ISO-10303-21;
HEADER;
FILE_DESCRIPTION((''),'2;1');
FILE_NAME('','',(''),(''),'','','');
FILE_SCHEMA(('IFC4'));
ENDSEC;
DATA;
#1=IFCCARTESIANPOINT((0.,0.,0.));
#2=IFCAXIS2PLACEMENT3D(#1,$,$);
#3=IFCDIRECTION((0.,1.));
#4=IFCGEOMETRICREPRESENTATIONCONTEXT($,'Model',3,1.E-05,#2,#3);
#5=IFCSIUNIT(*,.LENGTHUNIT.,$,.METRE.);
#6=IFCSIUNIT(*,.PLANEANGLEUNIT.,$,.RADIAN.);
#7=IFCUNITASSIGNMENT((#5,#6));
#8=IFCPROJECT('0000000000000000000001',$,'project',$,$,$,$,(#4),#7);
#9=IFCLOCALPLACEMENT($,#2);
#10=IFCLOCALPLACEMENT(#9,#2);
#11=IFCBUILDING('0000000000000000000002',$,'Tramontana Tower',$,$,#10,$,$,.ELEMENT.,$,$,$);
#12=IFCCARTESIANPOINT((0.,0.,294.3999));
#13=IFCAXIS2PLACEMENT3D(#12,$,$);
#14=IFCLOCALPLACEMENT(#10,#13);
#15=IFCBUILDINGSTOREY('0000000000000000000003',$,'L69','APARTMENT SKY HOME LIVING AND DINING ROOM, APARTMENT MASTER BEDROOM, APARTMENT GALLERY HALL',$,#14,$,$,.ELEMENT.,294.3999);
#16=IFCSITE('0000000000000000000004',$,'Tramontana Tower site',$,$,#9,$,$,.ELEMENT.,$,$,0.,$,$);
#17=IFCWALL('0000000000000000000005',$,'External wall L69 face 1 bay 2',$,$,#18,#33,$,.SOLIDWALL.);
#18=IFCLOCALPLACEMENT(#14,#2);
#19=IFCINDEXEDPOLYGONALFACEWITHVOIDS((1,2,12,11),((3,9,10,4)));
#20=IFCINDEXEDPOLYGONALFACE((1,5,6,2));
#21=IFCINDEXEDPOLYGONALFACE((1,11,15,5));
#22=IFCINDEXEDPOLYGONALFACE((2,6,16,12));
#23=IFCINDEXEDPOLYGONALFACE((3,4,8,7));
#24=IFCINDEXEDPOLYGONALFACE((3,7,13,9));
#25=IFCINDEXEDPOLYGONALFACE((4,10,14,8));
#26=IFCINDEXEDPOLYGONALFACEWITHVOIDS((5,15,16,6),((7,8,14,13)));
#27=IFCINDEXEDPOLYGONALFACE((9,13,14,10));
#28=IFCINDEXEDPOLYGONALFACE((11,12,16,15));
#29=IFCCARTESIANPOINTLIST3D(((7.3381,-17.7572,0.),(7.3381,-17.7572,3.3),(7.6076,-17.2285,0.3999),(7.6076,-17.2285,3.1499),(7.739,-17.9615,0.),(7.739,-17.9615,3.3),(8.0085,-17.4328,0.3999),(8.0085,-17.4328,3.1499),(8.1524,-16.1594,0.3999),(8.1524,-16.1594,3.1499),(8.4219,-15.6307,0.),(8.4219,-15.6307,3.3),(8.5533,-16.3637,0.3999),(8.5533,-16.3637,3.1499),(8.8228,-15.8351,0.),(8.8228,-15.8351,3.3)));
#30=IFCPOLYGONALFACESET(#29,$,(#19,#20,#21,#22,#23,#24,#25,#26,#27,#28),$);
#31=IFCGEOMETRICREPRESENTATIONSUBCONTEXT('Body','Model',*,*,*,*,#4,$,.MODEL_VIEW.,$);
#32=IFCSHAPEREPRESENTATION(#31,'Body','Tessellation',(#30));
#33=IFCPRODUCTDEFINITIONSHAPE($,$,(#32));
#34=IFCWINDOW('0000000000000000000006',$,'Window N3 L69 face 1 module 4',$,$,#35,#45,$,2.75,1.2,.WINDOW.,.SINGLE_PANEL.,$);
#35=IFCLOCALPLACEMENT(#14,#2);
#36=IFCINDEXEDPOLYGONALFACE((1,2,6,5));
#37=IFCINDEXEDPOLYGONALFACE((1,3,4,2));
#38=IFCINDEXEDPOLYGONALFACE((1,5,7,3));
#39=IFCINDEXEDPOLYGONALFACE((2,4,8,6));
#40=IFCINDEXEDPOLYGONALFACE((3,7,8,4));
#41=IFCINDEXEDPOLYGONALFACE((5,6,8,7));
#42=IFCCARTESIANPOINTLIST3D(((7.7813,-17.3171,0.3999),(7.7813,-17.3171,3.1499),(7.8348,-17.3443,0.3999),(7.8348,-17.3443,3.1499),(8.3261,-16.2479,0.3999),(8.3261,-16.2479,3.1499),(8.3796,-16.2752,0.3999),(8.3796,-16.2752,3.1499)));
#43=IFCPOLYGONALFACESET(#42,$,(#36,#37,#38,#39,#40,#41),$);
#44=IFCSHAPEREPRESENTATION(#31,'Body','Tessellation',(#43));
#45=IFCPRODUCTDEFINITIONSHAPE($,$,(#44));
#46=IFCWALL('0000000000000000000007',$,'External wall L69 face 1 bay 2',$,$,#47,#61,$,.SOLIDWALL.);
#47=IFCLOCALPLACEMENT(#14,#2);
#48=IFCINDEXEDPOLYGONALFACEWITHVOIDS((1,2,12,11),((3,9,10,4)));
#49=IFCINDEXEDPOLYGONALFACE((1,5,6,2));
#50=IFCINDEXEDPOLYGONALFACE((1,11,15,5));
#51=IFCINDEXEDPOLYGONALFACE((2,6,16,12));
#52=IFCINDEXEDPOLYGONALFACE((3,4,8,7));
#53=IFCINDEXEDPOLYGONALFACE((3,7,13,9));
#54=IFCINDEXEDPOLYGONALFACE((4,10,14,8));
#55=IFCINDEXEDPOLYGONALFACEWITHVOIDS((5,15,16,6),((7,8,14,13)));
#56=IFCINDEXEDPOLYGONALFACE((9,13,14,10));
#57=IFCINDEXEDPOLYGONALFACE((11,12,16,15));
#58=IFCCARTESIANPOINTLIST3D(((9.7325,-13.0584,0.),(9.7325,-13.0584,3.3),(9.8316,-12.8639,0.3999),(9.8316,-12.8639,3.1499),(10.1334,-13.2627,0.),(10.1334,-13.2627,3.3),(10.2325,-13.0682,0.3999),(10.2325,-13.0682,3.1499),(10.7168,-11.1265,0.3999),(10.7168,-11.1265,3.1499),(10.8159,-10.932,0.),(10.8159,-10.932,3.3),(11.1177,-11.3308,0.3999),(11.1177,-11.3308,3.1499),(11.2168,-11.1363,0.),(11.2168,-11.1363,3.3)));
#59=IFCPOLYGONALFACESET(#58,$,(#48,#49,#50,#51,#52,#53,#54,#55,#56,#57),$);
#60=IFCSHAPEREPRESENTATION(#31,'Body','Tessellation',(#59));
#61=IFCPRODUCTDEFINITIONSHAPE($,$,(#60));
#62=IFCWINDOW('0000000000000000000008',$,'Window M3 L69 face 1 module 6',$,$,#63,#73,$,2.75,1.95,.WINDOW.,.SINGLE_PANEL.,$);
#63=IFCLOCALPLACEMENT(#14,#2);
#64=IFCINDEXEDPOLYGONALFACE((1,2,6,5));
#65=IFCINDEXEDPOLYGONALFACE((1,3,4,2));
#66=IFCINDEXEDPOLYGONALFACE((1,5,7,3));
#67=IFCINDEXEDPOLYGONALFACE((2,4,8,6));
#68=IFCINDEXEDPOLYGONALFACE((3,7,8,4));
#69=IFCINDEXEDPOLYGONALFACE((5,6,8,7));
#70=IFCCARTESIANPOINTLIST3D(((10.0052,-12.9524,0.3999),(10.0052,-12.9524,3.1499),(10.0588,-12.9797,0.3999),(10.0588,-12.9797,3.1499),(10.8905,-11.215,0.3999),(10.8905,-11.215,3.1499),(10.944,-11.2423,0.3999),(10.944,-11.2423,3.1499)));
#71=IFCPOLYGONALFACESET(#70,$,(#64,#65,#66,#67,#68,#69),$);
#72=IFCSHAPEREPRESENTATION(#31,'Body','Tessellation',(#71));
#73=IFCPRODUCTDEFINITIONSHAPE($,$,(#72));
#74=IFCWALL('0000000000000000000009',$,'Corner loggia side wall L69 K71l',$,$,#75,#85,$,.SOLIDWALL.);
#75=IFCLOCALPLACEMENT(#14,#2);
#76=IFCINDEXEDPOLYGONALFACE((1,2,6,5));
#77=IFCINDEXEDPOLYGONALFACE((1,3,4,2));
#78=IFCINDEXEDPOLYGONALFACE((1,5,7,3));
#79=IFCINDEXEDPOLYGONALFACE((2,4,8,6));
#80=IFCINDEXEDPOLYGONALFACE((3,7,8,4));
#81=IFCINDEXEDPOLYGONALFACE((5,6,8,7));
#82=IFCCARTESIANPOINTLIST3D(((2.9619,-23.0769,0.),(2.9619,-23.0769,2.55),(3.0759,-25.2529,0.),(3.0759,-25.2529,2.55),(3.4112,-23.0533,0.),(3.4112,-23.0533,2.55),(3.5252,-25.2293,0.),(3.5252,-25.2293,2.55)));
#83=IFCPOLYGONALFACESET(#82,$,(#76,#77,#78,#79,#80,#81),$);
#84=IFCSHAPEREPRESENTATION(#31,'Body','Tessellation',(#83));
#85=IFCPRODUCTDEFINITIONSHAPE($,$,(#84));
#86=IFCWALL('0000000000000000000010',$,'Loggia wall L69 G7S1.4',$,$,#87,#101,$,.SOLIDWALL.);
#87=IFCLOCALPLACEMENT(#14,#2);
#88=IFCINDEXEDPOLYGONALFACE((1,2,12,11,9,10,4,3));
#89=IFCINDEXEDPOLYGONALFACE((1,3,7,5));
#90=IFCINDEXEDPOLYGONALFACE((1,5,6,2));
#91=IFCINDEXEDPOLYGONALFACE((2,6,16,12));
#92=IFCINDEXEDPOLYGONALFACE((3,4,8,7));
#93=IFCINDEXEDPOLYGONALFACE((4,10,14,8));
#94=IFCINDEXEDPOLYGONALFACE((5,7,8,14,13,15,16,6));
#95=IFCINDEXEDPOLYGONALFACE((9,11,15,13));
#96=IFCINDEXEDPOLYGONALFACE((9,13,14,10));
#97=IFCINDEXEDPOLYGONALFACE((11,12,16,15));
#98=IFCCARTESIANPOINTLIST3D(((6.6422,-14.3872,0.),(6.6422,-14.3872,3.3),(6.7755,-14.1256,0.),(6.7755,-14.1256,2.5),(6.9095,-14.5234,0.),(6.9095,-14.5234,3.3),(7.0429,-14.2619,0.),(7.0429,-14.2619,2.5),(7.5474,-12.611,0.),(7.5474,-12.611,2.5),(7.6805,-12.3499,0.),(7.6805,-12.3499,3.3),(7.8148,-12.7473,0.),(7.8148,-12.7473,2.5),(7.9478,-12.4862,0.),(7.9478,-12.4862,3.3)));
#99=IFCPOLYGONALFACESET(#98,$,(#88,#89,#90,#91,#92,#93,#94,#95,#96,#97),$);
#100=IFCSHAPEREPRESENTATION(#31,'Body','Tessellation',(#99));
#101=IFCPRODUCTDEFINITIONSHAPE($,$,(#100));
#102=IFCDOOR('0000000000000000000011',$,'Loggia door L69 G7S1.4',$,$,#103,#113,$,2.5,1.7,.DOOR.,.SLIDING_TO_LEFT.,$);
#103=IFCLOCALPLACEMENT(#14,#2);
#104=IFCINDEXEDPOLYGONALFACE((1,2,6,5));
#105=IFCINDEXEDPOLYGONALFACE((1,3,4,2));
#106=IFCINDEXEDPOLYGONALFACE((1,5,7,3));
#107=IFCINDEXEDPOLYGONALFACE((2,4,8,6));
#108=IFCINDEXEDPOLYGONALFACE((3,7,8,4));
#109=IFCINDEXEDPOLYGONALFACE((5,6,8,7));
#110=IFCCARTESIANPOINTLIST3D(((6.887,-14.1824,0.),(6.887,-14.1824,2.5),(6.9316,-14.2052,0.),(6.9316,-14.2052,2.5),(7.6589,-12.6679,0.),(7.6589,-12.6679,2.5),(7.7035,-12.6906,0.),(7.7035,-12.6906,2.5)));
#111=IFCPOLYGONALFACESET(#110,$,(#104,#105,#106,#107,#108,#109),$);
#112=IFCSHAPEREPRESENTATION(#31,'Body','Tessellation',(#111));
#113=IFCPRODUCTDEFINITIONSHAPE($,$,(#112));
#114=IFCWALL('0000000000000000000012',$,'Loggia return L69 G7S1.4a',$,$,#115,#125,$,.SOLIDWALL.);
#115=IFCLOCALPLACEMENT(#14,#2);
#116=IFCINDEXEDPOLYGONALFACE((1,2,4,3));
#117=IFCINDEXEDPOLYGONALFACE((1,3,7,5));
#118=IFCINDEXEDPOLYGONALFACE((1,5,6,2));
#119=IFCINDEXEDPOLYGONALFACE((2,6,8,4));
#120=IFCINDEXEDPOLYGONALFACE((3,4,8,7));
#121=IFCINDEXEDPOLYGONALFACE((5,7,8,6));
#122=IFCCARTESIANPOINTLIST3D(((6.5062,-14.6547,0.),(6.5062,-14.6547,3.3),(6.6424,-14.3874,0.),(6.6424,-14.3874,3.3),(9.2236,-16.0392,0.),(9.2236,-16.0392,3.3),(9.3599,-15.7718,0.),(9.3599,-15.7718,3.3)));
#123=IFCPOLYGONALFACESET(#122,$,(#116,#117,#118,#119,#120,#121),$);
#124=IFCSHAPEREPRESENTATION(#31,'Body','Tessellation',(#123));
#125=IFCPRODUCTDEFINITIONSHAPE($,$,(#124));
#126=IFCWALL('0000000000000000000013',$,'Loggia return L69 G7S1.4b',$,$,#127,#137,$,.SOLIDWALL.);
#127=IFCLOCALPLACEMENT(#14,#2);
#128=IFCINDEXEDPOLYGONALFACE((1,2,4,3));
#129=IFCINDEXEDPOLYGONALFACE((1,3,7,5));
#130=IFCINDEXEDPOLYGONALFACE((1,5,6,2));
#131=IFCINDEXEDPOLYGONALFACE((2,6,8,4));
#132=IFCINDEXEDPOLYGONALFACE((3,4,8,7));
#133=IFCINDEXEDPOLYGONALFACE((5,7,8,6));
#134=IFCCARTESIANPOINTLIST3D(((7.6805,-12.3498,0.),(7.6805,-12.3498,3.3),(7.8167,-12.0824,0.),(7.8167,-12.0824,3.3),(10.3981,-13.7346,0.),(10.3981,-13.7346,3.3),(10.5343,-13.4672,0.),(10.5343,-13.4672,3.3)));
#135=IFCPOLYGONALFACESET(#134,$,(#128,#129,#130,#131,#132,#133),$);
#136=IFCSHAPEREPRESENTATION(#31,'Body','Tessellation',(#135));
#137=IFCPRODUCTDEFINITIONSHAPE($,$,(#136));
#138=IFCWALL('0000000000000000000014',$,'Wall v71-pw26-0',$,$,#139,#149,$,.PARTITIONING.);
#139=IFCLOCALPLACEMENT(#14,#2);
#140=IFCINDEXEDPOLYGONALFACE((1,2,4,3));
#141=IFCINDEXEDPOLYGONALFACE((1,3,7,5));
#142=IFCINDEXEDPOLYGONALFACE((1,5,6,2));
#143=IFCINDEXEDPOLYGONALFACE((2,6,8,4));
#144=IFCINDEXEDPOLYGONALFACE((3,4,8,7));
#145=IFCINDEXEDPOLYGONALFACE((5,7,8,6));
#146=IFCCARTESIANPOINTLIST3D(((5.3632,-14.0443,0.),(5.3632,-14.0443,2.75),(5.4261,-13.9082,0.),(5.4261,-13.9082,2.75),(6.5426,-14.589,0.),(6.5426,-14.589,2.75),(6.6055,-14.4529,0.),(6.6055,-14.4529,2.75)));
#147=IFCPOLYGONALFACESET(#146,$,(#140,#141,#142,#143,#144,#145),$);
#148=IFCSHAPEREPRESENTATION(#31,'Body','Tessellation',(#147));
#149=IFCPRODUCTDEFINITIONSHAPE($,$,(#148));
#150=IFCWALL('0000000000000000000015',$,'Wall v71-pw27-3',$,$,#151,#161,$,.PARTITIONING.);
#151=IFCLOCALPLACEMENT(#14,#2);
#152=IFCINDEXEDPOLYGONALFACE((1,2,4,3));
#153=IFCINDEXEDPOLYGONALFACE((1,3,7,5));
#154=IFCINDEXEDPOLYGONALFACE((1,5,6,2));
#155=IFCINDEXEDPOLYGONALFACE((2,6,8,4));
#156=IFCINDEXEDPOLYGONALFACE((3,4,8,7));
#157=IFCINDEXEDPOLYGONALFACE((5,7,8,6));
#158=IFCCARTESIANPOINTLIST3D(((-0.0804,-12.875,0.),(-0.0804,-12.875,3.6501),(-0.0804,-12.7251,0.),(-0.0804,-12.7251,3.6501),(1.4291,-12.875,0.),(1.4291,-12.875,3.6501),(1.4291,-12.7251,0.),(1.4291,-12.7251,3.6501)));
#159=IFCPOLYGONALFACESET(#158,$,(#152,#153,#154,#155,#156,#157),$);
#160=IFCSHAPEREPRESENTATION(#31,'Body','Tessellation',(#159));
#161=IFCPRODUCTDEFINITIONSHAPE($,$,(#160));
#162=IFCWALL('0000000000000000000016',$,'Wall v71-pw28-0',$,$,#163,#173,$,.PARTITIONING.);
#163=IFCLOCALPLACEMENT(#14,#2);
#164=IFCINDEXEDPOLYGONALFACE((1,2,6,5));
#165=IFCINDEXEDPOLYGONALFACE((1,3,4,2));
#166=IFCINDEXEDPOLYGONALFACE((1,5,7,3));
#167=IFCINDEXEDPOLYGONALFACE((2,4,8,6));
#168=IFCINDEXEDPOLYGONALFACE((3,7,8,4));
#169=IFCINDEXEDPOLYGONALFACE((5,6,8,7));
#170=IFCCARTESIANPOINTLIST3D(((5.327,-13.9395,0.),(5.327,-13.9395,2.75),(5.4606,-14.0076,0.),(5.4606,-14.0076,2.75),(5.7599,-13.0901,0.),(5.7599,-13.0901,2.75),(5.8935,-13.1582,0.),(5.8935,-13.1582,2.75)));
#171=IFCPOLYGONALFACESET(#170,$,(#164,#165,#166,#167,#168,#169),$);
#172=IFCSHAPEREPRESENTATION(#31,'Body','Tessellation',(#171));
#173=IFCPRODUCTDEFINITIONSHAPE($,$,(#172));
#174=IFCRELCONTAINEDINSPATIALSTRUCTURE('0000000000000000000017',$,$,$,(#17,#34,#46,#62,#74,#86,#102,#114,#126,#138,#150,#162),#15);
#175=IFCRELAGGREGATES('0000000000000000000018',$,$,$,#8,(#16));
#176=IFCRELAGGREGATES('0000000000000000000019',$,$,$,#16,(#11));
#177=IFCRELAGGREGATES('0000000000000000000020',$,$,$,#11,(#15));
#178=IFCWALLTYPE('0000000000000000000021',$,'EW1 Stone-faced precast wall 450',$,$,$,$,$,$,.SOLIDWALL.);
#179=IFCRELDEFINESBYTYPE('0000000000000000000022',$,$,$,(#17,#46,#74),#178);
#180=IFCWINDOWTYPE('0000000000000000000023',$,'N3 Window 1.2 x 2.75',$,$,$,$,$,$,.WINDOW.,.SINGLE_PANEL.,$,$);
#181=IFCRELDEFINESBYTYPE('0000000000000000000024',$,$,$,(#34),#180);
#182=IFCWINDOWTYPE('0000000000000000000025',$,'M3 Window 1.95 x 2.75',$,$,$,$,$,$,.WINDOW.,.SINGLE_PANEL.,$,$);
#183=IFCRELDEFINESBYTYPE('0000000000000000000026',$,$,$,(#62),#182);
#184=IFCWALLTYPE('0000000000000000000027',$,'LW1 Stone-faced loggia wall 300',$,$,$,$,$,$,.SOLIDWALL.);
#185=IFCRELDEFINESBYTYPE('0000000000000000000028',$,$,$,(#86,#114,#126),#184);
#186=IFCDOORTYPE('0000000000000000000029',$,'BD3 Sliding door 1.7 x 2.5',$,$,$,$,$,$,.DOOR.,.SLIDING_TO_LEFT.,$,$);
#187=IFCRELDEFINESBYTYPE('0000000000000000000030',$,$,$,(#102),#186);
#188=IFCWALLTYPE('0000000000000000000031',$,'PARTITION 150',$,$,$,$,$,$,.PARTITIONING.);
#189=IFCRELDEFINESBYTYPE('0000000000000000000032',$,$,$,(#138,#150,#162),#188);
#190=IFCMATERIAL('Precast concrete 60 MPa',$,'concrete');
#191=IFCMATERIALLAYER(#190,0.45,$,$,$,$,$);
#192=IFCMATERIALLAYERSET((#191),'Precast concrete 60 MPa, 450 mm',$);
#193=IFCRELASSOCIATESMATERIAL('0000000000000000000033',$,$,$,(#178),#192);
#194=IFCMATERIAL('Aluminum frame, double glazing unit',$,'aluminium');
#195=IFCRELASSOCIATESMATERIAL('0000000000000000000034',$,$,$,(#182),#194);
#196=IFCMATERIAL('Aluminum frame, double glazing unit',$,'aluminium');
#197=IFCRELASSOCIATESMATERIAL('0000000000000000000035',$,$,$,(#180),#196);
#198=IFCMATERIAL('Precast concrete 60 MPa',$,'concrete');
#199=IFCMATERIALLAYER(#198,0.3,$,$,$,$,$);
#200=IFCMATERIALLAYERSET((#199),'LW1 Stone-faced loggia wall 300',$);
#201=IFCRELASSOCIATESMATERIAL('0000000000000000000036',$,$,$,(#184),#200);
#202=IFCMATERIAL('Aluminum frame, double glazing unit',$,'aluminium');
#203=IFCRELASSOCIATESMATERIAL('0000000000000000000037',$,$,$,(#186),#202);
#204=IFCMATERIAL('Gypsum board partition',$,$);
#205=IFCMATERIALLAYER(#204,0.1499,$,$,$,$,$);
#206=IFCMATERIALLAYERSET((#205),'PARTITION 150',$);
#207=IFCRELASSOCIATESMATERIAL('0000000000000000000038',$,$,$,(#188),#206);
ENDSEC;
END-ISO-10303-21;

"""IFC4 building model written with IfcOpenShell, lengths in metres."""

from ifc_helpers import new_model, si_unit, direction, frame, frame_2d, origin, place, context, subcontext, project, spatial, rectangle, extrude, material, layer, layer_set, type_object, element, fill, save


model = new_model("IFC4")

# Units and contexts
model_context = context("Model", 3, precision=1e-05, world=origin(), true_north=direction((0.0, 1.0)))
body_context = subcontext(model_context, "Body", "Model", "MODEL_VIEW")
ifc_project = project(units=[si_unit("LENGTHUNIT", "METRE"), si_unit("PLANEANGLEUNIT", "RADIAN")], contexts=[model_context])

# Site, building, storey
site_placement = place(None, origin())
site = spatial("IfcSite", under=ifc_project, at=site_placement, Name="Tramontana Tower site", CompositionType="ELEMENT", RefElevation=0.0)
building_placement = place(site_placement, origin())
building = spatial("IfcBuilding", under=site, at=building_placement, Name="Tramontana Tower", CompositionType="ELEMENT")
storey_placement = place(building_placement, frame((0.0, 0.0, 294.3999)))
storey = spatial("IfcBuildingStorey", under=building, at=storey_placement, Name="L69", Description="APARTMENT SKY HOME LIVING AND DINING ROOM, APARTMENT MASTER BEDROOM, APARTMENT GALLERY HALL", CompositionType="ELEMENT", Elevation=294.3999)

# Shared definitions
ifc_material_1 = material(Name="Precast concrete 60 MPa", Category="concrete")
ifc_layer_1 = layer(ifc_material_1, 0.45)
ifc_layer_set_1 = layer_set([ifc_layer_1], Name="Precast concrete 60 MPa, 450 mm")
wall_type_1 = type_object("IfcWallType", Name="EW1 Stone-faced precast wall 450", PredefinedType="SOLIDWALL", material=ifc_layer_set_1)
ifc_material_2 = material(Name="Aluminum frame, double glazing unit", Category="aluminium")
window_type_1 = type_object("IfcWindowType", Name="M3 Window 1.95 x 2.75", PartitioningType="SINGLE_PANEL", PredefinedType="WINDOW", material=ifc_material_2)

# Walls, openings, windows
wall_1_placement = place(storey_placement, frame((7.5386, -17.8594, 0.0), z_axis=(0.0, 0.0, 1.0), x_axis=(0.454074, 0.890964, 0.0)))
wall_1 = element("IfcWall", 1, at=wall_1_placement, inside=storey, type_object=wall_type_1, Name="External wall L69 face 1 bay 2", PredefinedType="SOLIDWALL", context=body_context, shape_type="SweptSolid", body=[
    extrude(rectangle(XDim=2.3867, YDim=0.45, at=frame_2d((1.1934, 0.0))), origin(), (0.0, 0.0, 1.0), 3.3),
])
opening_1_placement = place(wall_1_placement, frame((0.5933, 0.0, 0.3999)))
opening_1 = element("IfcOpeningElement", 2, at=opening_1_placement, cuts=wall_1, PredefinedType="OPENING", context=body_context, shape_type="SweptSolid", body=[
    extrude(rectangle(XDim=1.2, YDim=2.75, at=frame_2d((0.6001, 1.375))), frame((0.0, 0.2349, 0.0), z_axis=(0.0, -1.0, 0.0), x_axis=(1.0, 0.0, 0.0)), (0.0, 0.0, 1.0), 0.47),
])
ifc_material_3 = material(Name="Aluminum frame, double glazing unit", Category="aluminium")
window_type_2 = type_object("IfcWindowType", Name="N3 Window 1.2 x 2.75", PartitioningType="SINGLE_PANEL", PredefinedType="WINDOW", material=ifc_material_3)
window_1_placement = place(opening_1_placement, origin())
window_1 = element("IfcWindow", 3, at=window_1_placement, inside=storey, type_object=window_type_2, Name="Window N3 L69 face 1 module 4", OverallHeight=2.75, OverallWidth=1.2, PartitioningType="SINGLE_PANEL", PredefinedType="WINDOW", context=body_context, shape_type="SweptSolid", body=[
    extrude(rectangle(XDim=1.2, YDim=2.75, at=frame_2d((0.6001, 1.375))), frame((0.0, 0.03, 0.0), z_axis=(0.0, -1.0, 0.0), x_axis=(1.0, 0.0, 0.0)), (0.0, 0.0, 1.0), 0.0601),
])
fill(opening_1, window_1)
wall_2_placement = place(storey_placement, frame((9.9329, -13.1606, 0.0), z_axis=(0.0, 0.0, 1.0), x_axis=(0.453993, 0.891005, 0.0)))
wall_2 = element("IfcWall", 4, at=wall_2_placement, inside=storey, type_object=wall_type_1, Name="External wall L69 face 1 bay 2", PredefinedType="SOLIDWALL", context=body_context, shape_type="SweptSolid", body=[
    extrude(rectangle(XDim=2.3865, YDim=0.45, at=frame_2d((1.1934, 0.0))), origin(), (0.0, 0.0, 1.0), 3.3),
])
opening_2_placement = place(wall_2_placement, frame((0.2183, 0.0, 0.3999)))
opening_2 = element("IfcOpeningElement", 5, at=opening_2_placement, cuts=wall_2, PredefinedType="OPENING", context=body_context, shape_type="SweptSolid", body=[
    extrude(rectangle(XDim=1.95, YDim=2.75, at=frame_2d((0.9751, 1.375))), frame((0.0, 0.2349, 0.0), z_axis=(0.0, -1.0, 0.0), x_axis=(1.0, 0.0, 0.0)), (0.0, 0.0, 1.0), 0.47),
])
window_2_placement = place(opening_2_placement, origin())
window_2 = element("IfcWindow", 6, at=window_2_placement, inside=storey, type_object=window_type_1, Name="Window M3 L69 face 1 module 6", OverallHeight=2.75, OverallWidth=1.95, PartitioningType="SINGLE_PANEL", PredefinedType="WINDOW", context=body_context, shape_type="SweptSolid", body=[
    extrude(rectangle(XDim=1.95, YDim=2.75, at=frame_2d((0.9751, 1.375))), frame((0.0, 0.03, 0.0), z_axis=(0.0, -1.0, 0.0), x_axis=(1.0, 0.0, 0.0)), (0.0, 0.0, 1.0), 0.0601),
])
fill(opening_2, window_2)

# Wall
wall_3_placement = place(storey_placement, frame((3.3005, -25.241, 0.0), z_axis=(0.0, 0.0, 1.0), x_axis=(-0.052324, 0.99863, 0.0)))
element("IfcWall", 7, at=wall_3_placement, inside=storey, type_object=wall_type_1, Name="Corner loggia side wall L69 K71l", PredefinedType="SOLIDWALL", context=body_context, shape_type="SweptSolid", body=[
    extrude(rectangle(XDim=2.179, YDim=0.45, at=frame_2d((1.0894, 0.0))), origin(), (0.0, 0.0, 1.0), 2.55),
])

# Wall, opening, door
ifc_material_4 = material(Name="Precast concrete 60 MPa", Category="concrete")
ifc_layer_2 = layer(ifc_material_4, 0.3)
ifc_layer_set_2 = layer_set([ifc_layer_2], Name="LW1 Stone-faced loggia wall 300")
wall_type_2 = type_object("IfcWallType", Name="LW1 Stone-faced loggia wall 300", PredefinedType="SOLIDWALL", material=ifc_layer_set_2)
wall_4_placement = place(storey_placement, frame((6.7759, -14.4553, 0.0), z_axis=(0.0, 0.0, 1.0), x_axis=(0.454076, 0.890963, 0.0)))
wall_4 = element("IfcWall", 8, at=wall_4_placement, inside=storey, type_object=wall_type_2, Name="Loggia wall L69 G7S1.4", PredefinedType="SOLIDWALL", context=body_context, shape_type="SweptSolid", body=[
    extrude(rectangle(XDim=2.2866, YDim=0.3, at=frame_2d((1.1433, 0.0))), origin(), (0.0, 0.0, 1.0), 3.3),
])
opening_3_placement = place(wall_4_placement, frame((0.2935, 0.0, 0.0)))
opening_3 = element("IfcOpeningElement", 9, at=opening_3_placement, cuts=wall_4, PredefinedType="OPENING", context=body_context, shape_type="SweptSolid", body=[
    extrude(rectangle(XDim=1.7, YDim=2.5, at=frame_2d((0.8501, 1.25))), frame((0.0, 0.1599, 0.0), z_axis=(0.0, -1.0, 0.0), x_axis=(1.0, 0.0, 0.0)), (0.0, 0.0, 1.0), 0.3201),
])
ifc_material_5 = material(Name="Aluminum frame, double glazing unit", Category="aluminium")
door_type_1 = type_object("IfcDoorType", Name="BD3 Sliding door 1.7 x 2.5", OperationType="SLIDING_TO_LEFT", PredefinedType="DOOR", material=ifc_material_5)
door_1_placement = place(opening_3_placement, origin())
door_1 = element("IfcDoor", 10, at=door_1_placement, inside=storey, type_object=door_type_1, Name="Loggia door L69 G7S1.4", OperationType="SLIDING_TO_LEFT", OverallHeight=2.5, OverallWidth=1.7, PredefinedType="DOOR", context=body_context, shape_type="SweptSolid", body=[
    extrude(rectangle(XDim=1.7, YDim=2.5, at=frame_2d((0.8501, 1.25))), frame((0.0, 0.0249, 0.0), z_axis=(0.0, -1.0, 0.0), x_axis=(1.0, 0.0, 0.0)), (0.0, 0.0, 1.0), 0.05),
])
fill(opening_3, door_1)

# Walls
wall_5_placement = place(storey_placement, frame((9.2917, -15.9055, 0.0), z_axis=(0.0, 0.0, 1.0), x_axis=(-0.891024, 0.453957, 0.0)))
element("IfcWall", 11, at=wall_5_placement, inside=storey, type_object=wall_type_2, Name="Loggia return L69 G7S1.4a", PredefinedType="SOLIDWALL", context=body_context, shape_type="SweptSolid", body=[
    extrude(rectangle(XDim=3.0498, YDim=0.3, at=frame_2d((1.5249, 0.0))), origin(), (0.0, 0.0, 1.0), 3.3),
])
wall_6_placement = place(storey_placement, frame((10.4661, -13.6008, 0.0), z_axis=(0.0, 0.0, 1.0), x_axis=(-0.890991, 0.454021, 0.0)))
element("IfcWall", 12, at=wall_6_placement, inside=storey, type_object=wall_type_2, Name="Loggia return L69 G7S1.4b", PredefinedType="SOLIDWALL", context=body_context, shape_type="SweptSolid", body=[
    extrude(rectangle(XDim=3.05, YDim=0.3, at=frame_2d((1.5249, 0.0))), origin(), (0.0, 0.0, 1.0), 3.3),
])
ifc_material_6 = material(Name="Gypsum board partition")
ifc_layer_3 = layer(ifc_material_6, 0.1499)
ifc_layer_set_3 = layer_set([ifc_layer_3], Name="PARTITION 150")
wall_type_3 = type_object("IfcWallType", Name="PARTITION 150", PredefinedType="PARTITIONING", material=ifc_layer_set_3)
wall_7_placement = place(storey_placement, frame((5.3948, -13.9763, 0.0), z_axis=(0.0, 0.0, 1.0), x_axis=(0.907866, -0.419261, 0.0)))
element("IfcWall", 13, at=wall_7_placement, inside=storey, type_object=wall_type_3, Name="Wall v71-pw26-0", PredefinedType="PARTITIONING", context=body_context, shape_type="SweptSolid", body=[
    extrude(rectangle(XDim=1.2991, YDim=0.1499, at=frame_2d((0.6494, 0.0))), origin(), (0.0, 0.0, 1.0), 2.75),
])

# Walls
wall_8_placement = place(storey_placement, frame((1.4292, -12.8, 0.0), z_axis=(0.0, 0.0, 1.0), x_axis=(-1.0, 0.0, 0.0)))
element("IfcWall", 14, at=wall_8_placement, inside=storey, type_object=wall_type_3, Name="Wall v71-pw27-3", PredefinedType="PARTITIONING", context=body_context, shape_type="SweptSolid", body=[
    extrude(rectangle(XDim=1.5095, YDim=0.1499, at=frame_2d((0.7549, 0.0))), origin(), (0.0, 0.0, 1.0), 3.6501),
])
wall_9_placement = place(storey_placement, frame((5.8267, -13.1243, 0.0), z_axis=(0.0, 0.0, 1.0), x_axis=(-0.454064, -0.890969, 0.0)))
element("IfcWall", 15, at=wall_9_placement, inside=storey, type_object=wall_type_3, Name="Wall v71-pw28-0", PredefinedType="PARTITIONING", context=body_context, shape_type="SweptSolid", body=[
    extrude(rectangle(XDim=0.9534, YDim=0.1499, at=frame_2d((0.4766, 0.0))), origin(), (0.0, 0.0, 1.0), 2.75),
])

save(model, "model.ifc")
